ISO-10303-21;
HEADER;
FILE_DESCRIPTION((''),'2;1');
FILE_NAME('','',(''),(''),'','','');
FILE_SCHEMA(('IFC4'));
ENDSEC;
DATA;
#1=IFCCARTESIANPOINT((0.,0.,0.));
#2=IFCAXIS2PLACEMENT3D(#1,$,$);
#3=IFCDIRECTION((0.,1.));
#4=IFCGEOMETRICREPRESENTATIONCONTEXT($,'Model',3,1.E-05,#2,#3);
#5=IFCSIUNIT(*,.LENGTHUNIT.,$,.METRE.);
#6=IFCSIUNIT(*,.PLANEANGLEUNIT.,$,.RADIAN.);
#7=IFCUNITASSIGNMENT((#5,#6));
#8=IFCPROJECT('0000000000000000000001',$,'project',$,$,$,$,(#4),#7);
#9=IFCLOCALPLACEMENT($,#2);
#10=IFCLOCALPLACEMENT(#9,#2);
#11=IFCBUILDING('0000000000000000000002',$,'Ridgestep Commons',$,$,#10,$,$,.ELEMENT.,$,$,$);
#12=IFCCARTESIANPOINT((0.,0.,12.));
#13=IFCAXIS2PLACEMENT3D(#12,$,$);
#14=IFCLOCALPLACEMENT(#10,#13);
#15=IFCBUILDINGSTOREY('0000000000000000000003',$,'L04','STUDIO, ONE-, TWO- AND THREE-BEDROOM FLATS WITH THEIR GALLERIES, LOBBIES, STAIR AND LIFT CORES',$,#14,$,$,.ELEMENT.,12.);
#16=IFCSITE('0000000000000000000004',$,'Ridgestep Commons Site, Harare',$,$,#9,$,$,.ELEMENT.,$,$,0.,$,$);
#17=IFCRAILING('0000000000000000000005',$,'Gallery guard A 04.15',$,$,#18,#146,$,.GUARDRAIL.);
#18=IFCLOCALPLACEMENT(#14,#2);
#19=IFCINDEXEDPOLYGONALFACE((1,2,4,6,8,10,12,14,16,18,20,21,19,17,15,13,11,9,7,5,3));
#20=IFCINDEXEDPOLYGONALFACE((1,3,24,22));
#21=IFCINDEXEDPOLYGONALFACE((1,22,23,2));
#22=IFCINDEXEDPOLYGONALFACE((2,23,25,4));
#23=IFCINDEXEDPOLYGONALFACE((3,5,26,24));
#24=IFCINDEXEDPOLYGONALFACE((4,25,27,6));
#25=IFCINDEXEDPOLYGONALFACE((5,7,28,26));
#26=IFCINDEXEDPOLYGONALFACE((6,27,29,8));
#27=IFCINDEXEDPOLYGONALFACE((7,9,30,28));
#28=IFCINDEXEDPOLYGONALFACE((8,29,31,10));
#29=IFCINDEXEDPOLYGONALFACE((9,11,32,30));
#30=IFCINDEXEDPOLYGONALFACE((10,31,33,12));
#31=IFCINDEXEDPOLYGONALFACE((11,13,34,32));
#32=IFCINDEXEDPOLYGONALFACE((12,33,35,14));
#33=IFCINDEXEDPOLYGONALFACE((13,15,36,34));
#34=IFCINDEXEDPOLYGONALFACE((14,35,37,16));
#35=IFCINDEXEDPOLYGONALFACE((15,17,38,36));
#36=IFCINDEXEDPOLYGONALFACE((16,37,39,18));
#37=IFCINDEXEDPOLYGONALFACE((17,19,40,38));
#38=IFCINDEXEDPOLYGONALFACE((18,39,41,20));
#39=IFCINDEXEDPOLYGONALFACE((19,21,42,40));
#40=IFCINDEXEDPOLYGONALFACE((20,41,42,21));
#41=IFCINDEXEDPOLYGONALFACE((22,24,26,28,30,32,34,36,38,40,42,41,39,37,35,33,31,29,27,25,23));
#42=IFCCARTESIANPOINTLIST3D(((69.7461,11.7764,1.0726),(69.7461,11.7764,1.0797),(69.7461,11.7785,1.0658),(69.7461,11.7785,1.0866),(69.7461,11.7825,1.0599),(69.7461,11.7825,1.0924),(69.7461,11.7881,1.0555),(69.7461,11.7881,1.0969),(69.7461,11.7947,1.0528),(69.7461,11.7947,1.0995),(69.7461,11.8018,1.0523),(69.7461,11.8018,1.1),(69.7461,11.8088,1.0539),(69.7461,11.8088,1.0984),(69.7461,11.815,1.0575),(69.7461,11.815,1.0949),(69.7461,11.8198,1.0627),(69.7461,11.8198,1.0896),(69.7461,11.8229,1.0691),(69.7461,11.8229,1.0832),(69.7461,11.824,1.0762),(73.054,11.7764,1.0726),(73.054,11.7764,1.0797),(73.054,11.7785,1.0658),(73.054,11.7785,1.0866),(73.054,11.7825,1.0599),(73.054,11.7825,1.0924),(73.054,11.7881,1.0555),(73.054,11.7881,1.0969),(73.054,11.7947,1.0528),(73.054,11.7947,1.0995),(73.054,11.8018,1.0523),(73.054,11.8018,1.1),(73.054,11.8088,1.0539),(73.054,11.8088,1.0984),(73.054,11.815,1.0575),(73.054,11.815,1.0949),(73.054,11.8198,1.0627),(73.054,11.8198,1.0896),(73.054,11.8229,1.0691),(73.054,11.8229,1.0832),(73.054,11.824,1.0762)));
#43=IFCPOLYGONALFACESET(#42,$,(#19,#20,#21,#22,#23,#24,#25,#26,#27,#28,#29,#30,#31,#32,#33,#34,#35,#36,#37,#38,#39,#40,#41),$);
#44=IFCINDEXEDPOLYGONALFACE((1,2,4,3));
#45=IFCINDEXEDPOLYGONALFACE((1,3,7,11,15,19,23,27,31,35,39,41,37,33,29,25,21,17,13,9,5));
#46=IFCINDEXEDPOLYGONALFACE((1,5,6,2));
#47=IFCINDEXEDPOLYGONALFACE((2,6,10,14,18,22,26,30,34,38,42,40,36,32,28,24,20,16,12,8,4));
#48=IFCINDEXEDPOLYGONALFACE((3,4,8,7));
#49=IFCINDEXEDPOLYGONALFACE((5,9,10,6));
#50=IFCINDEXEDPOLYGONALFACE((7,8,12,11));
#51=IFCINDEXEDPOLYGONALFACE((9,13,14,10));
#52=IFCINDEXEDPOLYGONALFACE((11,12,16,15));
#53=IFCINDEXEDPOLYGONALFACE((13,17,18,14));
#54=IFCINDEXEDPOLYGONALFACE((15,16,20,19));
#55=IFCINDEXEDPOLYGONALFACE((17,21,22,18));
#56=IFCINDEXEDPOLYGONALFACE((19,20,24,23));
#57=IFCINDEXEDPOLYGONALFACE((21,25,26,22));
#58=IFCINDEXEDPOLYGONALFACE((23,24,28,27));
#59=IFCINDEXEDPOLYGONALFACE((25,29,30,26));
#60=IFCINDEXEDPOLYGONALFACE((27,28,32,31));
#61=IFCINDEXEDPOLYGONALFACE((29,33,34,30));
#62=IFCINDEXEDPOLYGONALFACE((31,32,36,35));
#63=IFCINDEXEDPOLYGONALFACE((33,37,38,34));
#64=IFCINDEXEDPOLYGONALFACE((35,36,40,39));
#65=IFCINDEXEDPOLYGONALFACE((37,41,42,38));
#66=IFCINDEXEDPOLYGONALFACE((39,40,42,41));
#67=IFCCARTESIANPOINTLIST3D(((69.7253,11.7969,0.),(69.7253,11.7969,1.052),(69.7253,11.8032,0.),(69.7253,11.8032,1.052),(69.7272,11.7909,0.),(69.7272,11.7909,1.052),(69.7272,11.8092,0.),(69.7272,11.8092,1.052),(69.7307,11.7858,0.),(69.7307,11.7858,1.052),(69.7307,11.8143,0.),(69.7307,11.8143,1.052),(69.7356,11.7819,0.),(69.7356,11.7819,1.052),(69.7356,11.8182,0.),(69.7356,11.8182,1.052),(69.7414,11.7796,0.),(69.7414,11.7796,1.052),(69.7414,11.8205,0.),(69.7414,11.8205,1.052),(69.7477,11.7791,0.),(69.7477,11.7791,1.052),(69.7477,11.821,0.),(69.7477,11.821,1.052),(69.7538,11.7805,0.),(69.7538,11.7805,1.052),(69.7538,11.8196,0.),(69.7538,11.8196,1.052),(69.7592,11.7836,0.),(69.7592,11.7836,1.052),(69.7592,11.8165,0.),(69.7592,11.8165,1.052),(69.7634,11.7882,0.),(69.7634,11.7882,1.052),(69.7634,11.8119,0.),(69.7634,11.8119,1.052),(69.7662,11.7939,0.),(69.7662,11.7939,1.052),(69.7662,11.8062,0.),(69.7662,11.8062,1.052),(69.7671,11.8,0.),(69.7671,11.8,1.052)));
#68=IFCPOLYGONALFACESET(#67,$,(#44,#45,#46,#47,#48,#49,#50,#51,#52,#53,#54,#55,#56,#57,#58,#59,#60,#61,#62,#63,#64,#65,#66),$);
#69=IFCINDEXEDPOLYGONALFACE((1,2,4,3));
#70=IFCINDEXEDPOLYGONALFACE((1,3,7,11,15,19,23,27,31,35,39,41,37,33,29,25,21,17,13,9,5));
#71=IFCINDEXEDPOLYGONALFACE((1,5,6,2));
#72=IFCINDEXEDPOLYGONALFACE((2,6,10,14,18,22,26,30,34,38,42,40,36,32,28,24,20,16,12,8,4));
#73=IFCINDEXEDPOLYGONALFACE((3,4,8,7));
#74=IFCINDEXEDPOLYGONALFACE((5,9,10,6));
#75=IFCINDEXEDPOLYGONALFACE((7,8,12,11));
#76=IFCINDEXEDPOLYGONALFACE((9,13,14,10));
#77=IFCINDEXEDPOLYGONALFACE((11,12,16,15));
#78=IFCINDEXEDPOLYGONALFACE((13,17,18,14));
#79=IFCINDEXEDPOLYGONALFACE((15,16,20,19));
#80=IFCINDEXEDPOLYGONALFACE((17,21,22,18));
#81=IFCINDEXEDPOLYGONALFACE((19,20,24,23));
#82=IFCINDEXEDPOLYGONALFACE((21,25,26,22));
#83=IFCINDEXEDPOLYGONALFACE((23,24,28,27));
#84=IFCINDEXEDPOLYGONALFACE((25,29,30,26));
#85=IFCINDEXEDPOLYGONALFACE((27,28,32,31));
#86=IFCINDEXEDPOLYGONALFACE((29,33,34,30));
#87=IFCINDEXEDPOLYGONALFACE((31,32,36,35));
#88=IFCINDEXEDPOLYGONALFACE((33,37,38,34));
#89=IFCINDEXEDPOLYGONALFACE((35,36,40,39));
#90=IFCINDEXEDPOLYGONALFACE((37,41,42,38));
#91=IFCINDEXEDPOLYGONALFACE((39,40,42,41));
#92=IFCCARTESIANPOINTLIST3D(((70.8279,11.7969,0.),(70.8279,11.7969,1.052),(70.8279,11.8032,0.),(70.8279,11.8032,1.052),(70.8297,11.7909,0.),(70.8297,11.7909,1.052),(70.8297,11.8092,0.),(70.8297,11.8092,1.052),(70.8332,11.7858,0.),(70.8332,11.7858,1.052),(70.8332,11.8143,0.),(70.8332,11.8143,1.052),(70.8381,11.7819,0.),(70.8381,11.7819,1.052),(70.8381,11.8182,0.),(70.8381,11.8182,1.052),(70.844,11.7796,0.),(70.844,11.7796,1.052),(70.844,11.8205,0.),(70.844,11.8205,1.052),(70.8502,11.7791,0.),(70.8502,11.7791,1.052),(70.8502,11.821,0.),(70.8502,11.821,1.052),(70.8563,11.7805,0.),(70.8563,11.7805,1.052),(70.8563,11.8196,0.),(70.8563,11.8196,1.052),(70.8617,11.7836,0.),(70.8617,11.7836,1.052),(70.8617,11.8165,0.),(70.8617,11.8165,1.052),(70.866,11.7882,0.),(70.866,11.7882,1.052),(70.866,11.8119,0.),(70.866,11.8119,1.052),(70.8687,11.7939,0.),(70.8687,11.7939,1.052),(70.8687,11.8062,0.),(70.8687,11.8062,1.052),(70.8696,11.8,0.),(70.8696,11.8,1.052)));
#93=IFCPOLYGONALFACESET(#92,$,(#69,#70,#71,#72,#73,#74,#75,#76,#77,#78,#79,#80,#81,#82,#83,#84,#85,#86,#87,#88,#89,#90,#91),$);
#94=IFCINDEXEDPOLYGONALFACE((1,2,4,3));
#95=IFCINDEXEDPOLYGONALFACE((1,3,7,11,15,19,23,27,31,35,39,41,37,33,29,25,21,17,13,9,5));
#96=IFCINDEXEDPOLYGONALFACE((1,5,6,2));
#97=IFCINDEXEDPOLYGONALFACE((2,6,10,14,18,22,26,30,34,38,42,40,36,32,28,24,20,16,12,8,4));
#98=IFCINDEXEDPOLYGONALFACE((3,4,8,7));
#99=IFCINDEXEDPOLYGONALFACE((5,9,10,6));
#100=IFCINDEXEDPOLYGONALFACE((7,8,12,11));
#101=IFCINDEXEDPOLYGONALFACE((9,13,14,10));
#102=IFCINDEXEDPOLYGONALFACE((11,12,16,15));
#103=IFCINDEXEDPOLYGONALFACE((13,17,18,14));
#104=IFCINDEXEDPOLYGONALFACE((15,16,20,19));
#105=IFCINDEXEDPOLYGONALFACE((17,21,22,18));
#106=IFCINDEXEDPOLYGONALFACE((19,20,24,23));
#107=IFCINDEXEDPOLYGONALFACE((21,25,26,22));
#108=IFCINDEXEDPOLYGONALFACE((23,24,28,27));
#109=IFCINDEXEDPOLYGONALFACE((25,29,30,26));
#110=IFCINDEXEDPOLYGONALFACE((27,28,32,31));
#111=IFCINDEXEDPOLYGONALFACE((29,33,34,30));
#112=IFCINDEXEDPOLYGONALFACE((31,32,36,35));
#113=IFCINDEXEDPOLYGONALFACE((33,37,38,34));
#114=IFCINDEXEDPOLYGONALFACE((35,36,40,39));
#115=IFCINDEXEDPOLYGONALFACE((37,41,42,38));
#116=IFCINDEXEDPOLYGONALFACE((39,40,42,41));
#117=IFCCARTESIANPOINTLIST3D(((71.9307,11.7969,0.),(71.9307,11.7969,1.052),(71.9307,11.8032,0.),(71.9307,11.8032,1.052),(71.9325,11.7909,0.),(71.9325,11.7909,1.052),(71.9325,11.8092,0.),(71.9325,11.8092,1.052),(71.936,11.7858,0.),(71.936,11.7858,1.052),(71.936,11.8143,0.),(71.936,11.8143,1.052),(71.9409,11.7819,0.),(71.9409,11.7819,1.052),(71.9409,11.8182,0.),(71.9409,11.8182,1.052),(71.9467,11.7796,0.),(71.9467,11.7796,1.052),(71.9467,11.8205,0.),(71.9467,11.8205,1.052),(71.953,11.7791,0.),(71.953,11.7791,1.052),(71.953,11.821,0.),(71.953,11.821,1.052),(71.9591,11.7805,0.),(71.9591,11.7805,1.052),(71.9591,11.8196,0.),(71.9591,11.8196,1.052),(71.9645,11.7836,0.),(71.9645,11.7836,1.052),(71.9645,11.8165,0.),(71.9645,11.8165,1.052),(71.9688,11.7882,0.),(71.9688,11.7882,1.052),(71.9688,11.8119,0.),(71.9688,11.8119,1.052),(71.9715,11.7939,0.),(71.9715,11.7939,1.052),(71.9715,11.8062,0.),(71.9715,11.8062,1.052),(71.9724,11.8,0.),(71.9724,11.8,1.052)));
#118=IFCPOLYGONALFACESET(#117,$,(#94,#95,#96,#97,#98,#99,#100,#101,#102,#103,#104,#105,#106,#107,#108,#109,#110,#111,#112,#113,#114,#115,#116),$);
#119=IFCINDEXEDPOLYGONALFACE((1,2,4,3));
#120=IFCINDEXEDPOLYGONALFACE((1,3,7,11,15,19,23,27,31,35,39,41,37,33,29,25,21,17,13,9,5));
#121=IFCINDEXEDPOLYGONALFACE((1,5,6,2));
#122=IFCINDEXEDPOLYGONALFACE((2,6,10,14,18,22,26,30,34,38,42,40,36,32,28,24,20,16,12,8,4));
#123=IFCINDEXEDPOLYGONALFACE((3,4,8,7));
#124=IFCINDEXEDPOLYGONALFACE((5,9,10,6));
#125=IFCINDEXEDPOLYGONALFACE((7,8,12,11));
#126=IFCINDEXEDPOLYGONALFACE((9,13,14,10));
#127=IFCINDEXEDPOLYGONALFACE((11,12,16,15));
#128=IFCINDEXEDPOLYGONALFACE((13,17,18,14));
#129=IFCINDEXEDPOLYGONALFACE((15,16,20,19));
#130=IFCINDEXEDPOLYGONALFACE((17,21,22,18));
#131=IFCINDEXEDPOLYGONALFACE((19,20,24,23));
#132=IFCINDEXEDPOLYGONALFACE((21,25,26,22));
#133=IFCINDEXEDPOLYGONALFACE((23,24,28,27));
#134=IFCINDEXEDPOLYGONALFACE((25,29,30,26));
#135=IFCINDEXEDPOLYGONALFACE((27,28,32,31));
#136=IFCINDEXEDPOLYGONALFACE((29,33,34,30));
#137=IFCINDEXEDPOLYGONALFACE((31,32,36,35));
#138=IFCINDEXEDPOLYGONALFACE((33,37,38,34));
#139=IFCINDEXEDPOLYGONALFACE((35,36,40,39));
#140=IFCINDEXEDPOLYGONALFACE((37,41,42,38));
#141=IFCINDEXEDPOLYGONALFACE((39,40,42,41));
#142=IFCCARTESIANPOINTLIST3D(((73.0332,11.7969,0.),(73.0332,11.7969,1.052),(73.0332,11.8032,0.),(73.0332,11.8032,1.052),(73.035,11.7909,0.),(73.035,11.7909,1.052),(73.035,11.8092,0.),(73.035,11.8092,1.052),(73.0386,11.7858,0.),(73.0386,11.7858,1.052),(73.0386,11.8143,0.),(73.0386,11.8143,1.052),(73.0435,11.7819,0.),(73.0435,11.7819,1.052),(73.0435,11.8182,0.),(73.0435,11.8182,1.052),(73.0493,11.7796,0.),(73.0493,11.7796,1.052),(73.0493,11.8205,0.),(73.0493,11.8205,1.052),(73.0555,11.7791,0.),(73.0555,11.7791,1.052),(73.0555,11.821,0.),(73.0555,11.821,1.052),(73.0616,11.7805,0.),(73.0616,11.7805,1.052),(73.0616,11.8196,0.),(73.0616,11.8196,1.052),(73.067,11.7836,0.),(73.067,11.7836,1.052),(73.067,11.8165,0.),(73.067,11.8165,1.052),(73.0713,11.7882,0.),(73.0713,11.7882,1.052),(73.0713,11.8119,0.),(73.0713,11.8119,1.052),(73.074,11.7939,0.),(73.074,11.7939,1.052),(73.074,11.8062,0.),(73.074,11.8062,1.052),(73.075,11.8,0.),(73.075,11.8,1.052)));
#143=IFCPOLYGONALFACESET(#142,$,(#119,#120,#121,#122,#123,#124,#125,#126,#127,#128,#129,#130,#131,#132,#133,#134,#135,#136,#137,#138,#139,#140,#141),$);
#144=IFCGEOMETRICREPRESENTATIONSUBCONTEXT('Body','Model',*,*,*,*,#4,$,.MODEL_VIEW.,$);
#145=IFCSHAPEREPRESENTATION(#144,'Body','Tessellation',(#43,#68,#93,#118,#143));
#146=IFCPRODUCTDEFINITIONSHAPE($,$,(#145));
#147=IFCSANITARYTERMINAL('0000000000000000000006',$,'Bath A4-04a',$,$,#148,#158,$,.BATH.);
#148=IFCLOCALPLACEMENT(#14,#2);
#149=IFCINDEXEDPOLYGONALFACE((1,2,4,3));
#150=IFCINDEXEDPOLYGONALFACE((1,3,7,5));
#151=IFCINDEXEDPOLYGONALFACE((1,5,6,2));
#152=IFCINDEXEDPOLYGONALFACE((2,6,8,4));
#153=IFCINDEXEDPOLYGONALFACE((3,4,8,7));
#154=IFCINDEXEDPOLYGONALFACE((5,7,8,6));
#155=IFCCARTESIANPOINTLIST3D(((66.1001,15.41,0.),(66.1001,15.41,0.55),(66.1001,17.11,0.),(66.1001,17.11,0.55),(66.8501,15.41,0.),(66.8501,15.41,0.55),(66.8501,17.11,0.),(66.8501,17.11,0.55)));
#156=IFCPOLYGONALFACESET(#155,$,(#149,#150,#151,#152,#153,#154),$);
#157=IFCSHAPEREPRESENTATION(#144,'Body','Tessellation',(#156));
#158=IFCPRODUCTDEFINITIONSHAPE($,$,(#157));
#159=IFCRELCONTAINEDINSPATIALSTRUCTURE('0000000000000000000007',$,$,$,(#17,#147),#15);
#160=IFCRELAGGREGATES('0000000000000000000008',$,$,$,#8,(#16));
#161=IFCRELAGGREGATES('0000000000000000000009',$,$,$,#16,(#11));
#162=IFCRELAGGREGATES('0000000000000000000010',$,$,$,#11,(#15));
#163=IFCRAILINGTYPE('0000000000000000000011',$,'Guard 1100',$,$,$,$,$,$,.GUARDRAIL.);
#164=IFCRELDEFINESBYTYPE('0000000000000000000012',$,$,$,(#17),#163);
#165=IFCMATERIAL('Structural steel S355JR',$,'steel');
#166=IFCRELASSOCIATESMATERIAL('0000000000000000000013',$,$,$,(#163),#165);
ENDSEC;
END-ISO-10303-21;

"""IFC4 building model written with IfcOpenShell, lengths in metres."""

from ifc_helpers import new_model, si_unit, direction, frame, origin, origin_2d, place, context, subcontext, project, spatial, rectangle, circle, extrude, material, type_object, element, save


model = new_model("IFC4")

# Units and contexts
model_context = context("Model", 3, precision=1e-05, world=origin(), true_north=direction((0.0, 1.0)))
body_context = subcontext(model_context, "Body", "Model", "MODEL_VIEW")
ifc_project = project(units=[si_unit("LENGTHUNIT", "METRE"), si_unit("PLANEANGLEUNIT", "RADIAN")], contexts=[model_context])

# Site, building, storey
site_placement = place(None, origin())
site = spatial("IfcSite", under=ifc_project, at=site_placement, Name="Ridgestep Commons Site, Harare", CompositionType="ELEMENT", RefElevation=0.0)
building_placement = place(site_placement, origin())
building = spatial("IfcBuilding", under=site, at=building_placement, Name="Ridgestep Commons", CompositionType="ELEMENT")
storey_placement = place(building_placement, frame((0.0, 0.0, 12.0)))
storey = spatial("IfcBuildingStorey", under=building, at=storey_placement, Name="L04", Description="STUDIO, ONE-, TWO- AND THREE-BEDROOM FLATS WITH THEIR GALLERIES, LOBBIES, STAIR AND LIFT CORES", CompositionType="ELEMENT", Elevation=12.0)

# Railing
ifc_material_1 = material(Name="Structural steel S355JR", Category="steel")
railing_type = type_object("IfcRailingType", Name="Guard 1100", PredefinedType="GUARDRAIL", material=ifc_material_1)
railing_1_placement = place(storey_placement, frame((69.7461, 11.8, 0.0)))
element("IfcRailing", 1, at=railing_1_placement, inside=storey, type_object=railing_type, Name="Gallery guard A 04.15", PredefinedType="GUARDRAIL", context=body_context, shape_type="SweptSolid", body=[
    extrude(circle(Radius=0.0239, at=origin_2d()), frame((0.0, 0.0, 1.0762), z_axis=(1.0, 0.0, 0.0), x_axis=(0.0, 1.0, 0.0)), (0.0, 0.0, 1.0), 3.3079),
    extrude(circle(Radius=0.021, at=origin_2d()), origin(), (0.0, 0.0, 1.0), 1.052),
    extrude(circle(Radius=0.021, at=origin_2d()), frame((1.1025, 0.0, 0.0)), (0.0, 0.0, 1.0), 1.052),
    extrude(circle(Radius=0.021, at=origin_2d()), frame((2.2053, 0.0, 0.0)), (0.0, 0.0, 1.0), 1.052),
    extrude(circle(Radius=0.021, at=origin_2d()), frame((3.3079, 0.0, 0.0)), (0.0, 0.0, 1.0), 1.052),
])

# Sanitary terminal
sanitary_terminal_placement = place(storey_placement, frame((66.4751, 16.26, 0.0), z_axis=(0.0, 0.0, 1.0), x_axis=(1.0, 0.0, 0.0)))
element("IfcSanitaryTerminal", 2, at=sanitary_terminal_placement, inside=storey, Name="Bath A4-04a", PredefinedType="BATH", context=body_context, shape_type="SweptSolid", body=[
    extrude(rectangle(XDim=0.75, YDim=1.7, at=origin_2d()), origin(), (0.0, 0.0, 1.0), 0.55),
])

save(model, "model.ifc")
